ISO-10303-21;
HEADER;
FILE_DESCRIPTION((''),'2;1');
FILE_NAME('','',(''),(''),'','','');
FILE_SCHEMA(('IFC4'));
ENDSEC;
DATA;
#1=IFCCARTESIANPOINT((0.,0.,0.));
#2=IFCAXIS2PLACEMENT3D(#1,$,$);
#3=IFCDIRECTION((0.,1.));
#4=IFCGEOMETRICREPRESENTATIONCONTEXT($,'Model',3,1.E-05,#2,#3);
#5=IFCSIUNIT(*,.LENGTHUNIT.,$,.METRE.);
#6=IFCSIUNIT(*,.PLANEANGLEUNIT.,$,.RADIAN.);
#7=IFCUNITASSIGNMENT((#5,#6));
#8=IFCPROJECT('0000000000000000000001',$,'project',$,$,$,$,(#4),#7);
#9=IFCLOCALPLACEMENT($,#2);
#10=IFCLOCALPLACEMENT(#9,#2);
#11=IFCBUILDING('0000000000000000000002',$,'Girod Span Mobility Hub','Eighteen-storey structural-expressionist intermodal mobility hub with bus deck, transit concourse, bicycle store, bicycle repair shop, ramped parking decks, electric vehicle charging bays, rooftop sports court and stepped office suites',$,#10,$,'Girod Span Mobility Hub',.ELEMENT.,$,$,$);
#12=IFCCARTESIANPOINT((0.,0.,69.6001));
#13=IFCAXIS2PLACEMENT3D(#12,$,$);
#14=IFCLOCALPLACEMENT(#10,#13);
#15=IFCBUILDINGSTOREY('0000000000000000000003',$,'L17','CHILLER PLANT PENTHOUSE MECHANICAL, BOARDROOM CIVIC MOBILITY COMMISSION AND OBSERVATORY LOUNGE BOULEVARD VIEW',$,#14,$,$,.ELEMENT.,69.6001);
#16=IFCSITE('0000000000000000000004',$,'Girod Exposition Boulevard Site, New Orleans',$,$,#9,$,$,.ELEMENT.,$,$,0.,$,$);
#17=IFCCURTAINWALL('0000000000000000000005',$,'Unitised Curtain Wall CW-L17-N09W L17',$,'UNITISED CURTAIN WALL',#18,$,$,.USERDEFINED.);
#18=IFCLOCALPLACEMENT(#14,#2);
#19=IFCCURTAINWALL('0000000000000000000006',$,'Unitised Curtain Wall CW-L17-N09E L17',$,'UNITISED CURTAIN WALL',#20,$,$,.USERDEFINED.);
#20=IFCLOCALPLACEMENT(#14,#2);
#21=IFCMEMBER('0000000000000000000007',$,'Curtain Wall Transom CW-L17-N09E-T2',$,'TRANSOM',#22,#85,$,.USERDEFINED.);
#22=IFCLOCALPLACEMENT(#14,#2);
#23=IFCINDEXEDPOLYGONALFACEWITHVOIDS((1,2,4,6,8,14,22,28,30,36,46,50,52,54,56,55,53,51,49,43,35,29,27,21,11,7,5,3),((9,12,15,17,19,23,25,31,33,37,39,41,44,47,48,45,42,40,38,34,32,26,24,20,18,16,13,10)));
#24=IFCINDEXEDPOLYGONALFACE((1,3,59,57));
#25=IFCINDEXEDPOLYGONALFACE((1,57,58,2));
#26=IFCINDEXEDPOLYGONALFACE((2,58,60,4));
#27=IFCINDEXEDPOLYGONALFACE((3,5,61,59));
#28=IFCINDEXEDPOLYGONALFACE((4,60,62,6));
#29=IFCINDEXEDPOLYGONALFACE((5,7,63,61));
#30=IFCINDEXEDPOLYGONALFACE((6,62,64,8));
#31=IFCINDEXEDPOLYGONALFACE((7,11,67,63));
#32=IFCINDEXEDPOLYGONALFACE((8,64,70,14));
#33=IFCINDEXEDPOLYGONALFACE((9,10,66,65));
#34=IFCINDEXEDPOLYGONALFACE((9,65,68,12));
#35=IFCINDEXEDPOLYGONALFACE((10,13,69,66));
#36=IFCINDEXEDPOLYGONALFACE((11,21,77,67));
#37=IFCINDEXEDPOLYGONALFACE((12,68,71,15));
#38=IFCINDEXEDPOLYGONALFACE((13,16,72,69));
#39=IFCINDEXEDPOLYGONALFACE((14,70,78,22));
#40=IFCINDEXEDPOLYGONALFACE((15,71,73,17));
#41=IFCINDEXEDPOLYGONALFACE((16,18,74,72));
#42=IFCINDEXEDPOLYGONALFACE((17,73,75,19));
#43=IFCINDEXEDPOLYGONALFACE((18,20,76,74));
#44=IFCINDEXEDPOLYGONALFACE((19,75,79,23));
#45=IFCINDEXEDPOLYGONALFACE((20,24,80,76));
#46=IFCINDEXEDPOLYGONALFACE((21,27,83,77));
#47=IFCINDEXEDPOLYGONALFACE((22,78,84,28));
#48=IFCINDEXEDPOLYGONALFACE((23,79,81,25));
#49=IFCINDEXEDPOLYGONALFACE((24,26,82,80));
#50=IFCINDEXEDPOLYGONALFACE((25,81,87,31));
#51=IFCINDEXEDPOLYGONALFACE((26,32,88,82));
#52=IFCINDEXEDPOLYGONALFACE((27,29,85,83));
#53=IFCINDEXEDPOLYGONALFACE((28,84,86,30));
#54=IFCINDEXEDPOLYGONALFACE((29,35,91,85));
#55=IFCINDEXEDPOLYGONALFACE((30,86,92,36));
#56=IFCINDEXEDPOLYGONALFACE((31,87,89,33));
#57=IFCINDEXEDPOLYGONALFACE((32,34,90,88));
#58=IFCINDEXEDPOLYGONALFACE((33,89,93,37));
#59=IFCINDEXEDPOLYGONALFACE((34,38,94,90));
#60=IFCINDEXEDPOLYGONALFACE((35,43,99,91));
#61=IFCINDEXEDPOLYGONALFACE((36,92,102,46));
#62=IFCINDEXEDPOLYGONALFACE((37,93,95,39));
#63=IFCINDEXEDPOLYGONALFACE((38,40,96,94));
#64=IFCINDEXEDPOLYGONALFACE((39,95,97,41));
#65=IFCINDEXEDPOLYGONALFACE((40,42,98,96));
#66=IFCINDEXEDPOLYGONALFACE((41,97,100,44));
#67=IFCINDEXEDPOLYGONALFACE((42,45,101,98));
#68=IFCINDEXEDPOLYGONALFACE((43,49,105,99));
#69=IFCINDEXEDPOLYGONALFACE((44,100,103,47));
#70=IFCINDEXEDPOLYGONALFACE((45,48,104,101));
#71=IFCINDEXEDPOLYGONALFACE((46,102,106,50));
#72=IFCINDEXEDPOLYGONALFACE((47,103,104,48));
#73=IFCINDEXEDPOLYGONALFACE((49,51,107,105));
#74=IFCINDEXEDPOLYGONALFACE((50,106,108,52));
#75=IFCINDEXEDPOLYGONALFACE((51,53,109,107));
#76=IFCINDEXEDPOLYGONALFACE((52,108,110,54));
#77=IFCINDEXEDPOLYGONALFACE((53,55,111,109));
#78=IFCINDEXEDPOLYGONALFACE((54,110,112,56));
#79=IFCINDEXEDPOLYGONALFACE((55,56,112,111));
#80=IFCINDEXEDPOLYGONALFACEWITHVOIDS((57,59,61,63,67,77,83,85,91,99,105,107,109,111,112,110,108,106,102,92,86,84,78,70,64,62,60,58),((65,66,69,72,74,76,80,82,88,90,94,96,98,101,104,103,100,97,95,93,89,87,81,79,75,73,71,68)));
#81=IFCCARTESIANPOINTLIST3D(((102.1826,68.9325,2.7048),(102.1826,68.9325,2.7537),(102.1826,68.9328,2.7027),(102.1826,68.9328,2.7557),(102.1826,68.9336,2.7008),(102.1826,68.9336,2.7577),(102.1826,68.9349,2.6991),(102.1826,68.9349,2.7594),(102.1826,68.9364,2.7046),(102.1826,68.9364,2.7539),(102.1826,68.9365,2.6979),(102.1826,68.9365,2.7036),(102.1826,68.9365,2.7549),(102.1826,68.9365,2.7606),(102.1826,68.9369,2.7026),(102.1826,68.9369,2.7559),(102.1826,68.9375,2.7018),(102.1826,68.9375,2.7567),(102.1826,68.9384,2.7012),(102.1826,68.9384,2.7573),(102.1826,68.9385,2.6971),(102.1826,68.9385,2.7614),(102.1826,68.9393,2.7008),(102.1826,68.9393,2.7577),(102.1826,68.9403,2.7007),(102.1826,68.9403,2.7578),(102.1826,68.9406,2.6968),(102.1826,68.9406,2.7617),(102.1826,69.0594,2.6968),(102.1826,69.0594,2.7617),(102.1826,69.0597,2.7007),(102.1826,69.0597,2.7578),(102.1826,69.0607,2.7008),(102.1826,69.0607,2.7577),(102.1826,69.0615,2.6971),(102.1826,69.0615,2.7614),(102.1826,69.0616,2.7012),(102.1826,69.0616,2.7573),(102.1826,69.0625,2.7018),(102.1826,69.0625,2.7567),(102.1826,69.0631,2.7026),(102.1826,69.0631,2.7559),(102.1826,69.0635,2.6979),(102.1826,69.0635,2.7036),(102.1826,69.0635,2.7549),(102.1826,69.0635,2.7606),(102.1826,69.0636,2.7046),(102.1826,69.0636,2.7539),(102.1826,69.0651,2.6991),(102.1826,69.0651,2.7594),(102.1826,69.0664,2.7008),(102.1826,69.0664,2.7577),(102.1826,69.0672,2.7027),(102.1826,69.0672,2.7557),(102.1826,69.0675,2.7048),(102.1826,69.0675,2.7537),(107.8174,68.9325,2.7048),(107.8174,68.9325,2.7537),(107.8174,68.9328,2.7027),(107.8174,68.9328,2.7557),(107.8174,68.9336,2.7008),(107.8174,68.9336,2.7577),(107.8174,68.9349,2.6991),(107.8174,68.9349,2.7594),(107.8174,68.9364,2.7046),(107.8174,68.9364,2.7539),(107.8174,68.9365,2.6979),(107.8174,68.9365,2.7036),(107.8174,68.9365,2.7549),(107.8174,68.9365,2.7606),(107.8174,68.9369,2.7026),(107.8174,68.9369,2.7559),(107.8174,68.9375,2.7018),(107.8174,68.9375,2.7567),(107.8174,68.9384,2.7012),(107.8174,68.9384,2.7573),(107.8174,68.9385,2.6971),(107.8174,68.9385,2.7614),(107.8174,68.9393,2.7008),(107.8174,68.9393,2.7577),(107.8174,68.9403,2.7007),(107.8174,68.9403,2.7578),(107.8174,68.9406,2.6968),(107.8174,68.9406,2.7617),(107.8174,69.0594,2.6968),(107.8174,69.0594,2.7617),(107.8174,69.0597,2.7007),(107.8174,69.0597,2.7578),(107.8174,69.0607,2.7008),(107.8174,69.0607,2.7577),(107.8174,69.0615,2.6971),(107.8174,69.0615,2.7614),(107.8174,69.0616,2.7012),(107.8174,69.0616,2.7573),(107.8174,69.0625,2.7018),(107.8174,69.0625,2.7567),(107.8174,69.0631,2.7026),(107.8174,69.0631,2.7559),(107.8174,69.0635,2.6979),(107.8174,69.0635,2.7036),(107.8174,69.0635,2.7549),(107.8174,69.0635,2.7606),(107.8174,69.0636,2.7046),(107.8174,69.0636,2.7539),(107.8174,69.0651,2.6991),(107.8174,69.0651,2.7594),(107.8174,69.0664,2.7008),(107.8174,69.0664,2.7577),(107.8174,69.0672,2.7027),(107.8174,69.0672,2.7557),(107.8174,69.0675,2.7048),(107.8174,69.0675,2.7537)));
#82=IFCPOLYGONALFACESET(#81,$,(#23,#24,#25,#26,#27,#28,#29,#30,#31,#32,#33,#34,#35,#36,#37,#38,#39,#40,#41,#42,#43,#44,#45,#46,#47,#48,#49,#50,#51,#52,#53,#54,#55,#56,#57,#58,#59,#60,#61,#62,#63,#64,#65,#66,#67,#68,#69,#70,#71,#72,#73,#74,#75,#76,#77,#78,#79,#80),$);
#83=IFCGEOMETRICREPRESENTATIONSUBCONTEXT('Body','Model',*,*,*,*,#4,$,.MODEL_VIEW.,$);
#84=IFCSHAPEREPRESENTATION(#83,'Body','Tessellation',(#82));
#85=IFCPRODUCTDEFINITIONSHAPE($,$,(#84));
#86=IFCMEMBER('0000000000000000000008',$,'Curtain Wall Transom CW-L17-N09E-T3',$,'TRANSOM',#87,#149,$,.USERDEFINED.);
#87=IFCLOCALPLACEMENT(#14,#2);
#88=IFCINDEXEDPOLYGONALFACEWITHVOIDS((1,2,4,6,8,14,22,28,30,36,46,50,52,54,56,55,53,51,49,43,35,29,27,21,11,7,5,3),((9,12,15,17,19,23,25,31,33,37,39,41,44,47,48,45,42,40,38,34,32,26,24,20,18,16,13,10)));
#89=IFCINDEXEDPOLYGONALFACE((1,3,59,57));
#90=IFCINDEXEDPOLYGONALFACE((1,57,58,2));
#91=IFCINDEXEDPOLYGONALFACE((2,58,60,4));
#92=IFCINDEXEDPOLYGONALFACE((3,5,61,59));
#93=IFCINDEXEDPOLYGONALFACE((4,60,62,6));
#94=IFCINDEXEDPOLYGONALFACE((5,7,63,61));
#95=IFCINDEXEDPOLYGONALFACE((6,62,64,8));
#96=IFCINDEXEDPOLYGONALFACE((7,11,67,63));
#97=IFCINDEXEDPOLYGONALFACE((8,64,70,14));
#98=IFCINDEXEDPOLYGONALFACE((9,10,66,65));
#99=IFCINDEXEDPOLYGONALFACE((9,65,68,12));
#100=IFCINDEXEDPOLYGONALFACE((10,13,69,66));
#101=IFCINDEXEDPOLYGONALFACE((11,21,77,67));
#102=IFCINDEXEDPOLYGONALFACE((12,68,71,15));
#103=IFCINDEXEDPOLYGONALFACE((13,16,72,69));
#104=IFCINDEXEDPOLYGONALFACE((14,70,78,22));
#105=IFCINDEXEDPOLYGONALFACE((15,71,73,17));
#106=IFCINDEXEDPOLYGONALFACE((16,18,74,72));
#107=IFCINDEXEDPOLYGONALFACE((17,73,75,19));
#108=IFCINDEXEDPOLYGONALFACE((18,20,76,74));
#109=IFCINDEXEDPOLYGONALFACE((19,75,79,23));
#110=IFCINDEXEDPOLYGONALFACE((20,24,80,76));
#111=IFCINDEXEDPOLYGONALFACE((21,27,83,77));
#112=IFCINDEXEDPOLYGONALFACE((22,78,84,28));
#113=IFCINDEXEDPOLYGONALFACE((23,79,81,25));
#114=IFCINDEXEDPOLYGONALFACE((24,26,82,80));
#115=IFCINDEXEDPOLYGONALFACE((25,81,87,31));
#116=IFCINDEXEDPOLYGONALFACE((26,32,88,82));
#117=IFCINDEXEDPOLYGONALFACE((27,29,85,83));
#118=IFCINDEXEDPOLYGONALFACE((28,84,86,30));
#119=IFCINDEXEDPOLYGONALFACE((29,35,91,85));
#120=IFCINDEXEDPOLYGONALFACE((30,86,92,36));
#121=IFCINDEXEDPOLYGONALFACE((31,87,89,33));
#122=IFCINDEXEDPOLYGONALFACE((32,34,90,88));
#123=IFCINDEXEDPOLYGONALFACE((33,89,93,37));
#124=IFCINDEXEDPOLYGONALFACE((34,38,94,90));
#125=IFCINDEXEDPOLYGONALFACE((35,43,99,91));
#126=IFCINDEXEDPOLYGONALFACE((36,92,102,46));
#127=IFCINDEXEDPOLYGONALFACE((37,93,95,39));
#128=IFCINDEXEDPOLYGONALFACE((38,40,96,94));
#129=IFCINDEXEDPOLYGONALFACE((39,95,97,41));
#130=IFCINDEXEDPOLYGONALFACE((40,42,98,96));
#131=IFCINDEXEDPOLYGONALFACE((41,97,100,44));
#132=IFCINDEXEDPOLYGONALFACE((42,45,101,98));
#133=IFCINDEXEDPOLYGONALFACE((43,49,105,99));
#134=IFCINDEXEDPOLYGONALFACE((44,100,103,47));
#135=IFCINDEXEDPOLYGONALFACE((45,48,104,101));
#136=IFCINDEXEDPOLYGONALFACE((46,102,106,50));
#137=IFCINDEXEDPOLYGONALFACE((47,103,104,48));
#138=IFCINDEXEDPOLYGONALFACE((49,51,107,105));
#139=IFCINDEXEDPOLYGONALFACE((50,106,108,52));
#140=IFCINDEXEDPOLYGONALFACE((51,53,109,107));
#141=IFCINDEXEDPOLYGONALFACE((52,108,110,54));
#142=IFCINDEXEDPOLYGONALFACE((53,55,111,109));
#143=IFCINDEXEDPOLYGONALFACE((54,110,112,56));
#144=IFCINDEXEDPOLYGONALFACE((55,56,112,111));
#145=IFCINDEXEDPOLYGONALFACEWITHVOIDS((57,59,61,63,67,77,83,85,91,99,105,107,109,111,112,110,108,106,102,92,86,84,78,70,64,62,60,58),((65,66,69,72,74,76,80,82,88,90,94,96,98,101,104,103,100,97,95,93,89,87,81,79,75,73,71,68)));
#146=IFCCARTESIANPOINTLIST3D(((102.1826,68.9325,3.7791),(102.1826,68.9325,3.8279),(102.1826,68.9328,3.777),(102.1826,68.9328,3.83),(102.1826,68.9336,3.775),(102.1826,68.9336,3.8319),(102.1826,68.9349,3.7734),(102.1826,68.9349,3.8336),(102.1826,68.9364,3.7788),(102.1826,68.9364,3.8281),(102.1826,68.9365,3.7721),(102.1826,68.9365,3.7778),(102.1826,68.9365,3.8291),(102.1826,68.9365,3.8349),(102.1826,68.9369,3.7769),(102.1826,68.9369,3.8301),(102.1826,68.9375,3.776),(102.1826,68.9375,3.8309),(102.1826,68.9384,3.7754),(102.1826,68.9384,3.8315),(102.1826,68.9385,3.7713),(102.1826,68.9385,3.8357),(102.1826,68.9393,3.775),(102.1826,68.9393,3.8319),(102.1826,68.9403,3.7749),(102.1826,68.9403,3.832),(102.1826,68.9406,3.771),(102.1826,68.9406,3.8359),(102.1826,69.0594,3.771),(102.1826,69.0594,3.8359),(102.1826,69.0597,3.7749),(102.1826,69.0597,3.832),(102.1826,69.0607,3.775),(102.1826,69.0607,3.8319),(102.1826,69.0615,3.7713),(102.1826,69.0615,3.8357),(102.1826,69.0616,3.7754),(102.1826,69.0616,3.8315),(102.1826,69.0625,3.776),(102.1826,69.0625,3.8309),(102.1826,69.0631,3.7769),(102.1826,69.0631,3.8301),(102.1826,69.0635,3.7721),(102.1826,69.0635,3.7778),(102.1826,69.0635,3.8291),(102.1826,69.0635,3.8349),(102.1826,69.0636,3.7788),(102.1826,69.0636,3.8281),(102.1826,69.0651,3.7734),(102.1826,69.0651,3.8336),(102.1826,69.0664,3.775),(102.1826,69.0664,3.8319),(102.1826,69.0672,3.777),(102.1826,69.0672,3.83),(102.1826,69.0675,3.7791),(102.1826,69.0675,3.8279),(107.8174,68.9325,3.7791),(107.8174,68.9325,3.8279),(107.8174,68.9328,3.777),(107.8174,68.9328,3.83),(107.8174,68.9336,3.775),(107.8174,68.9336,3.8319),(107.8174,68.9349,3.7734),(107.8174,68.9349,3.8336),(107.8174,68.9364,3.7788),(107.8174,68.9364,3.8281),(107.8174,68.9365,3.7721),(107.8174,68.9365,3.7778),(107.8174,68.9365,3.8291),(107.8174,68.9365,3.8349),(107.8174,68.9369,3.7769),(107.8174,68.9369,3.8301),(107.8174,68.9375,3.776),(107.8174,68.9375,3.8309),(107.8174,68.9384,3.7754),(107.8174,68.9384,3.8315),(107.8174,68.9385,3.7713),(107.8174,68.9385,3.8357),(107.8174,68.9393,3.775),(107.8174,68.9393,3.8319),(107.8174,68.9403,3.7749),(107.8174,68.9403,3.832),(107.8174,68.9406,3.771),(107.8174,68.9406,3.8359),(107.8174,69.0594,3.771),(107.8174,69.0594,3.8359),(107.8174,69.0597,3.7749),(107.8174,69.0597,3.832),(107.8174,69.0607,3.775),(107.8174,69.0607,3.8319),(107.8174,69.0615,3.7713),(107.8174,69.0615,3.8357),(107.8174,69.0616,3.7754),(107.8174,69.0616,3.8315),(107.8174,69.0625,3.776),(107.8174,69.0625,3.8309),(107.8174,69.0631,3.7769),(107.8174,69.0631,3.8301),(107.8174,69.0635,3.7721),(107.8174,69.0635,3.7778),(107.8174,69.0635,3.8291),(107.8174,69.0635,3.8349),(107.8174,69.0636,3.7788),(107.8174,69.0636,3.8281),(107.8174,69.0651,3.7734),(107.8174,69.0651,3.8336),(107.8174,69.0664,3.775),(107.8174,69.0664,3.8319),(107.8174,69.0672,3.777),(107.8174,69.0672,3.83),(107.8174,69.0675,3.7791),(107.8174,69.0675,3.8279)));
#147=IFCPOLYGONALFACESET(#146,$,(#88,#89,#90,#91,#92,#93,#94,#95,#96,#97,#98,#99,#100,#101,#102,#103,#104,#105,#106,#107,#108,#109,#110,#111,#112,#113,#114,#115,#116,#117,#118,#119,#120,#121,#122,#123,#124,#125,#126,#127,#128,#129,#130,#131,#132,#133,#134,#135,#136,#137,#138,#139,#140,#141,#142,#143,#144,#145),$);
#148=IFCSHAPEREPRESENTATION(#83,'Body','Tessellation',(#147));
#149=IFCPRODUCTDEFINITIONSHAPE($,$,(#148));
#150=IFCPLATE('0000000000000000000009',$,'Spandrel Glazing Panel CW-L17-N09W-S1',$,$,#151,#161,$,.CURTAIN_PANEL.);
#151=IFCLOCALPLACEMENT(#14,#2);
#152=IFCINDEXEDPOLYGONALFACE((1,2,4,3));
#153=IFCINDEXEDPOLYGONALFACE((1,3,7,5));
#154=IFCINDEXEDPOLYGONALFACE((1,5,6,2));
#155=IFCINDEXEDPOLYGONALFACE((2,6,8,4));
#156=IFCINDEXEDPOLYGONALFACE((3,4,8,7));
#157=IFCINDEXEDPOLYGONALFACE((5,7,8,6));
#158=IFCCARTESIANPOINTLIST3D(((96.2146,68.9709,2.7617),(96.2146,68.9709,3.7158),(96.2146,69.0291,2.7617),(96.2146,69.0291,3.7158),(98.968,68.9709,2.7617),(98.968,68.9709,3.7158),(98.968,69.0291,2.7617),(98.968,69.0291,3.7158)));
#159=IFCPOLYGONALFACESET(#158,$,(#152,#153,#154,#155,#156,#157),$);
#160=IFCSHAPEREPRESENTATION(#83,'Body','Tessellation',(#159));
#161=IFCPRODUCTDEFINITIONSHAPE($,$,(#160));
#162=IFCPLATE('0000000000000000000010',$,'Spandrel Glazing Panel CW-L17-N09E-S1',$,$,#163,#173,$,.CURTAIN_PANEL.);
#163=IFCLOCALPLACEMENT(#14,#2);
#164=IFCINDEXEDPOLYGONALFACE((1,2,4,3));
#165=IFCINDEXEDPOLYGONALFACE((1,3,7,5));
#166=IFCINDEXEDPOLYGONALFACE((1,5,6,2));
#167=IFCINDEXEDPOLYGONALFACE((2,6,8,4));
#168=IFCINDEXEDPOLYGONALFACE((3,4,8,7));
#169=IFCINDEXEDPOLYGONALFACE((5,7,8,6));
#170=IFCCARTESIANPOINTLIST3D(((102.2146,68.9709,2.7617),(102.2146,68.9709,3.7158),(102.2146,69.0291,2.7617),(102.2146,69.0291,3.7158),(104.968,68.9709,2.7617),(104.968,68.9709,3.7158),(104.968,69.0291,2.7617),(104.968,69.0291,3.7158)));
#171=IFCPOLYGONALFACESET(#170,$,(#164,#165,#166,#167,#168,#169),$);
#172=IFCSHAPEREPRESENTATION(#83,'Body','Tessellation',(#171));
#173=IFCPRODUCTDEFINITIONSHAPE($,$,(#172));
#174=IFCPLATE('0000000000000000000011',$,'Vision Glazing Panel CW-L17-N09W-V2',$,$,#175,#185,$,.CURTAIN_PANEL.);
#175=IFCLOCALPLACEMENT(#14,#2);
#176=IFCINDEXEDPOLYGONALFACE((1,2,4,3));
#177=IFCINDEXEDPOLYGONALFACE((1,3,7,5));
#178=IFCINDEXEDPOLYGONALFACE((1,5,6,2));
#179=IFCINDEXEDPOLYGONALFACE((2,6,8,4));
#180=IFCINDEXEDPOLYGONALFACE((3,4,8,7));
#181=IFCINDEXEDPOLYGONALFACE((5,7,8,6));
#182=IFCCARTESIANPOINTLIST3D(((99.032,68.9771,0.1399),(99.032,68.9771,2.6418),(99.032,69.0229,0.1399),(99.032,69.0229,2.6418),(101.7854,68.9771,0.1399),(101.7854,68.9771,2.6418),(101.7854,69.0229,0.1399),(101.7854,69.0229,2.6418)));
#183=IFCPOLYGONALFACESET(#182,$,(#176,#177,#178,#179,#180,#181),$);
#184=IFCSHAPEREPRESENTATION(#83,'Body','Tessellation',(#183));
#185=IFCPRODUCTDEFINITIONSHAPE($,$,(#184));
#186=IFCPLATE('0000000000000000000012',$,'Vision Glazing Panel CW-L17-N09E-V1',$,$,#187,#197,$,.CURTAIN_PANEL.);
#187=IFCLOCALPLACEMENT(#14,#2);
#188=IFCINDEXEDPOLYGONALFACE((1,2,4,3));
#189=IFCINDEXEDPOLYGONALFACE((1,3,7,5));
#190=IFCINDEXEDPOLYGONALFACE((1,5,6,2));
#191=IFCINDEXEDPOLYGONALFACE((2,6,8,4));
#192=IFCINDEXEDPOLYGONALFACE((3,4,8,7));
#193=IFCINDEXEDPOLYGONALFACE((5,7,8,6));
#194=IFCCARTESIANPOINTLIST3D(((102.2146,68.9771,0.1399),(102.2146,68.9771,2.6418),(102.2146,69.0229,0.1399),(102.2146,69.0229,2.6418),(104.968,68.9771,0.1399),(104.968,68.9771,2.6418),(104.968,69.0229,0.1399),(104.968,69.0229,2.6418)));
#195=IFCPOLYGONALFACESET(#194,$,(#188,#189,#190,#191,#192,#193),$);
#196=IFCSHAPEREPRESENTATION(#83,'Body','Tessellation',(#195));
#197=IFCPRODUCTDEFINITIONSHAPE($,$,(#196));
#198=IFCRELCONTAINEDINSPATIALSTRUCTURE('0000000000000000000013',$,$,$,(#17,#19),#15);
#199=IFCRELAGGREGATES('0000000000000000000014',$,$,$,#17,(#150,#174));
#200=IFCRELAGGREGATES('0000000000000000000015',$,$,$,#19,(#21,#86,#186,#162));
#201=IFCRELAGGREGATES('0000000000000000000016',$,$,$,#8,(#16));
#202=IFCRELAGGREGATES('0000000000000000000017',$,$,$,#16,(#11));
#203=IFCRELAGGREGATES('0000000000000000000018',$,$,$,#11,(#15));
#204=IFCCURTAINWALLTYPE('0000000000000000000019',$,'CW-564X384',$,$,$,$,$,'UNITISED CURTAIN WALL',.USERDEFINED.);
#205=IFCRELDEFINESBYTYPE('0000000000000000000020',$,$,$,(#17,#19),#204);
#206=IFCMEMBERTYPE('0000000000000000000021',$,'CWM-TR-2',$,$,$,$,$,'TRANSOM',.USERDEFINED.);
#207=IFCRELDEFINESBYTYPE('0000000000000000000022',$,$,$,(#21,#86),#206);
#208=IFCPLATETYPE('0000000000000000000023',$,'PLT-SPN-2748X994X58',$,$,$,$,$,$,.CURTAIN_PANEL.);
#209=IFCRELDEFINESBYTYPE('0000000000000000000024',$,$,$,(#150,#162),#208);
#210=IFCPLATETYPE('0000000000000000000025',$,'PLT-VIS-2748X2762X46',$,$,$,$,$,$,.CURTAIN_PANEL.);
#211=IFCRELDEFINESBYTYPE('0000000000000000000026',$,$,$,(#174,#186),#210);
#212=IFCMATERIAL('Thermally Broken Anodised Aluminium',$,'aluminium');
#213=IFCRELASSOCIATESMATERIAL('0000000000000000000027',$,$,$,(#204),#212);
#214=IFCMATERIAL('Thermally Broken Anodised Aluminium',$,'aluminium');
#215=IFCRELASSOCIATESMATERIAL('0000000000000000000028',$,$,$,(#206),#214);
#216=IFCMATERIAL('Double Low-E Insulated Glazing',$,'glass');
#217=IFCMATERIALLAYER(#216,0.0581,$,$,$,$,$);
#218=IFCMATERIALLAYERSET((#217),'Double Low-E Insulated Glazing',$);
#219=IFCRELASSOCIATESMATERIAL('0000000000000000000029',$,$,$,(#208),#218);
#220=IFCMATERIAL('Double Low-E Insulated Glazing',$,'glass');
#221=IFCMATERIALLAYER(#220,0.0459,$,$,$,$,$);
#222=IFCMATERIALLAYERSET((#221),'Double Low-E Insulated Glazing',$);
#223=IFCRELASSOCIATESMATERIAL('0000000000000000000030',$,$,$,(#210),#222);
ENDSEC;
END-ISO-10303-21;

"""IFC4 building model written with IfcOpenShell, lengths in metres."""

from ifc_helpers import new_model, si_unit, direction, frame, origin, origin_2d, place, context, subcontext, project, spatial, rectangle, hollow_rectangle, extrude, material, layer, layer_set, material_profile, profile_set, type_object, element, aggregate, save


model = new_model("IFC4")

# Units and contexts
model_context = context("Model", 3, precision=1e-05, world=origin(), true_north=direction((0.0, 1.0)))
body_context = subcontext(model_context, "Body", "Model", "MODEL_VIEW")
ifc_project = project(units=[si_unit("LENGTHUNIT", "METRE"), si_unit("PLANEANGLEUNIT", "RADIAN")], contexts=[model_context])

# Site, building, storey
site_placement = place(None, origin())
site = spatial("IfcSite", under=ifc_project, at=site_placement, Name="Girod Exposition Boulevard Site, New Orleans", CompositionType="ELEMENT", RefElevation=0.0)
building_placement = place(site_placement, origin())
building = spatial("IfcBuilding", under=site, at=building_placement, Name="Girod Span Mobility Hub", Description="Eighteen-storey structural-expressionist intermodal mobility hub with bus deck, transit concourse, bicycle store, bicycle repair shop, ramped parking decks, electric vehicle charging bays, rooftop sports court and stepped office suites", LongName="Girod Span Mobility Hub", CompositionType="ELEMENT")
storey_placement = place(building_placement, frame((0.0, 0.0, 69.6001)))
storey = spatial("IfcBuildingStorey", under=building, at=storey_placement, Name="L17", Description="CHILLER PLANT PENTHOUSE MECHANICAL, BOARDROOM CIVIC MOBILITY COMMISSION AND OBSERVATORY LOUNGE BOULEVARD VIEW", CompositionType="ELEMENT", Elevation=69.6001)

# Curtain walls, members
ifc_material_1 = material(Name="Thermally Broken Anodised Aluminium", Category="aluminium")
curtain_wall_type = type_object("IfcCurtainWallType", Name="CW-564X384", ElementType="UNITISED CURTAIN WALL", PredefinedType="USERDEFINED", material=ifc_material_1)
curtain_wall_1_placement = place(storey_placement, origin())
curtain_wall_1 = element("IfcCurtainWall", 1, at=curtain_wall_1_placement, inside=storey, type_object=curtain_wall_type, Name="Unitised Curtain Wall CW-L17-N09W L17", ObjectType="UNITISED CURTAIN WALL", PredefinedType="USERDEFINED")
curtain_wall_2_placement = place(storey_placement, origin())
curtain_wall_2 = element("IfcCurtainWall", 2, at=curtain_wall_2_placement, inside=storey, type_object=curtain_wall_type, Name="Unitised Curtain Wall CW-L17-N09E L17", ObjectType="UNITISED CURTAIN WALL", PredefinedType="USERDEFINED")
ifc_material_2 = material(Name="Thermally Broken Anodised Aluminium", Category="aluminium")
ifc_material_profile_1 = material_profile(ifc_material_2, hollow_rectangle(XDim=0.135, YDim=0.0649, WallThickness=0.0039, InnerFilletRadius=0.0039, OuterFilletRadius=0.0081, at=origin_2d()), Name="CW-TR-65X135")
ifc_profile_set_1 = profile_set([ifc_material_profile_1], Name="Thermally Broken Anodised Aluminium")
member_type_1 = type_object("IfcMemberType", Name="CWM-TR-2", ElementType="TRANSOM", PredefinedType="USERDEFINED", material=ifc_profile_set_1)
member_1_placement = place(storey_placement, frame((102.1826, 69.0, 2.7292), z_axis=(1.0, 0.0, 0.0), x_axis=(0.0, 1.0, 0.0)))
member_1 = element("IfcMember", 3, at=member_1_placement, type_object=member_type_1, Name="Curtain Wall Transom CW-L17-N09E-T2", ObjectType="TRANSOM", PredefinedType="USERDEFINED", context=body_context, shape_type="SweptSolid", body=[
    extrude(hollow_rectangle(XDim=0.135, YDim=0.0649, WallThickness=0.0039, InnerFilletRadius=0.0039, OuterFilletRadius=0.0081, at=origin_2d()), origin(), (0.0, 0.0, 1.0), 5.6348),
])
member_2_placement = place(storey_placement, frame((102.1826, 69.0, 3.8035), z_axis=(1.0, 0.0, 0.0), x_axis=(0.0, 1.0, 0.0)))
member_2 = element("IfcMember", 4, at=member_2_placement, type_object=member_type_1, Name="Curtain Wall Transom CW-L17-N09E-T3", ObjectType="TRANSOM", PredefinedType="USERDEFINED", context=body_context, shape_type="SweptSolid", body=[
    extrude(hollow_rectangle(XDim=0.135, YDim=0.0649, WallThickness=0.0039, InnerFilletRadius=0.0039, OuterFilletRadius=0.0081, at=origin_2d()), origin(), (0.0, 0.0, 1.0), 5.6348),
])

# Plates
ifc_material_3 = material(Name="Double Low-E Insulated Glazing", Category="glass")
ifc_layer_1 = layer(ifc_material_3, 0.0581)
ifc_layer_set_1 = layer_set([ifc_layer_1], Name="Double Low-E Insulated Glazing")
plate_type_1 = type_object("IfcPlateType", Name="PLT-SPN-2748X994X58", PredefinedType="CURTAIN_PANEL", material=ifc_layer_set_1)
plate_1_placement = place(storey_placement, frame((97.5913, 69.0, 2.7617), z_axis=(0.0, 0.0, 1.0), x_axis=(1.0, 0.0, 0.0)))
plate_1 = element("IfcPlate", 5, at=plate_1_placement, type_object=plate_type_1, Name="Spandrel Glazing Panel CW-L17-N09W-S1", PredefinedType="CURTAIN_PANEL", context=body_context, shape_type="SweptSolid", body=[
    extrude(rectangle(XDim=2.7534, YDim=0.0581, at=origin_2d()), origin(), (0.0, 0.0, 1.0), 0.9541),
])
plate_2_placement = place(storey_placement, frame((103.5913, 69.0, 2.7617), z_axis=(0.0, 0.0, 1.0), x_axis=(1.0, 0.0, 0.0)))
plate_2 = element("IfcPlate", 6, at=plate_2_placement, type_object=plate_type_1, Name="Spandrel Glazing Panel CW-L17-N09E-S1", PredefinedType="CURTAIN_PANEL", context=body_context, shape_type="SweptSolid", body=[
    extrude(rectangle(XDim=2.7534, YDim=0.0581, at=origin_2d()), origin(), (0.0, 0.0, 1.0), 0.9541),
])
ifc_material_4 = material(Name="Double Low-E Insulated Glazing", Category="glass")
ifc_layer_2 = layer(ifc_material_4, 0.0459)
ifc_layer_set_2 = layer_set([ifc_layer_2], Name="Double Low-E Insulated Glazing")
plate_type_2 = type_object("IfcPlateType", Name="PLT-VIS-2748X2762X46", PredefinedType="CURTAIN_PANEL", material=ifc_layer_set_2)
plate_3_placement = place(storey_placement, frame((100.4087, 69.0, 0.1399), z_axis=(0.0, 0.0, 1.0), x_axis=(1.0, 0.0, 0.0)))
plate_3 = element("IfcPlate", 7, at=plate_3_placement, type_object=plate_type_2, Name="Vision Glazing Panel CW-L17-N09W-V2", PredefinedType="CURTAIN_PANEL", context=body_context, shape_type="SweptSolid", body=[
    extrude(rectangle(XDim=2.7534, YDim=0.0459, at=origin_2d()), origin(), (0.0, 0.0, 1.0), 2.502),
])
aggregate(curtain_wall_1, [plate_1, plate_3])
plate_4_placement = place(storey_placement, frame((103.5913, 69.0, 0.1399), z_axis=(0.0, 0.0, 1.0), x_axis=(1.0, 0.0, 0.0)))
plate_4 = element("IfcPlate", 8, at=plate_4_placement, type_object=plate_type_2, Name="Vision Glazing Panel CW-L17-N09E-V1", PredefinedType="CURTAIN_PANEL", context=body_context, shape_type="SweptSolid", body=[
    extrude(rectangle(XDim=2.7534, YDim=0.0459, at=origin_2d()), origin(), (0.0, 0.0, 1.0), 2.502),
])
aggregate(curtain_wall_2, [member_1, member_2, plate_4, plate_2])

save(model, "model.ifc")
